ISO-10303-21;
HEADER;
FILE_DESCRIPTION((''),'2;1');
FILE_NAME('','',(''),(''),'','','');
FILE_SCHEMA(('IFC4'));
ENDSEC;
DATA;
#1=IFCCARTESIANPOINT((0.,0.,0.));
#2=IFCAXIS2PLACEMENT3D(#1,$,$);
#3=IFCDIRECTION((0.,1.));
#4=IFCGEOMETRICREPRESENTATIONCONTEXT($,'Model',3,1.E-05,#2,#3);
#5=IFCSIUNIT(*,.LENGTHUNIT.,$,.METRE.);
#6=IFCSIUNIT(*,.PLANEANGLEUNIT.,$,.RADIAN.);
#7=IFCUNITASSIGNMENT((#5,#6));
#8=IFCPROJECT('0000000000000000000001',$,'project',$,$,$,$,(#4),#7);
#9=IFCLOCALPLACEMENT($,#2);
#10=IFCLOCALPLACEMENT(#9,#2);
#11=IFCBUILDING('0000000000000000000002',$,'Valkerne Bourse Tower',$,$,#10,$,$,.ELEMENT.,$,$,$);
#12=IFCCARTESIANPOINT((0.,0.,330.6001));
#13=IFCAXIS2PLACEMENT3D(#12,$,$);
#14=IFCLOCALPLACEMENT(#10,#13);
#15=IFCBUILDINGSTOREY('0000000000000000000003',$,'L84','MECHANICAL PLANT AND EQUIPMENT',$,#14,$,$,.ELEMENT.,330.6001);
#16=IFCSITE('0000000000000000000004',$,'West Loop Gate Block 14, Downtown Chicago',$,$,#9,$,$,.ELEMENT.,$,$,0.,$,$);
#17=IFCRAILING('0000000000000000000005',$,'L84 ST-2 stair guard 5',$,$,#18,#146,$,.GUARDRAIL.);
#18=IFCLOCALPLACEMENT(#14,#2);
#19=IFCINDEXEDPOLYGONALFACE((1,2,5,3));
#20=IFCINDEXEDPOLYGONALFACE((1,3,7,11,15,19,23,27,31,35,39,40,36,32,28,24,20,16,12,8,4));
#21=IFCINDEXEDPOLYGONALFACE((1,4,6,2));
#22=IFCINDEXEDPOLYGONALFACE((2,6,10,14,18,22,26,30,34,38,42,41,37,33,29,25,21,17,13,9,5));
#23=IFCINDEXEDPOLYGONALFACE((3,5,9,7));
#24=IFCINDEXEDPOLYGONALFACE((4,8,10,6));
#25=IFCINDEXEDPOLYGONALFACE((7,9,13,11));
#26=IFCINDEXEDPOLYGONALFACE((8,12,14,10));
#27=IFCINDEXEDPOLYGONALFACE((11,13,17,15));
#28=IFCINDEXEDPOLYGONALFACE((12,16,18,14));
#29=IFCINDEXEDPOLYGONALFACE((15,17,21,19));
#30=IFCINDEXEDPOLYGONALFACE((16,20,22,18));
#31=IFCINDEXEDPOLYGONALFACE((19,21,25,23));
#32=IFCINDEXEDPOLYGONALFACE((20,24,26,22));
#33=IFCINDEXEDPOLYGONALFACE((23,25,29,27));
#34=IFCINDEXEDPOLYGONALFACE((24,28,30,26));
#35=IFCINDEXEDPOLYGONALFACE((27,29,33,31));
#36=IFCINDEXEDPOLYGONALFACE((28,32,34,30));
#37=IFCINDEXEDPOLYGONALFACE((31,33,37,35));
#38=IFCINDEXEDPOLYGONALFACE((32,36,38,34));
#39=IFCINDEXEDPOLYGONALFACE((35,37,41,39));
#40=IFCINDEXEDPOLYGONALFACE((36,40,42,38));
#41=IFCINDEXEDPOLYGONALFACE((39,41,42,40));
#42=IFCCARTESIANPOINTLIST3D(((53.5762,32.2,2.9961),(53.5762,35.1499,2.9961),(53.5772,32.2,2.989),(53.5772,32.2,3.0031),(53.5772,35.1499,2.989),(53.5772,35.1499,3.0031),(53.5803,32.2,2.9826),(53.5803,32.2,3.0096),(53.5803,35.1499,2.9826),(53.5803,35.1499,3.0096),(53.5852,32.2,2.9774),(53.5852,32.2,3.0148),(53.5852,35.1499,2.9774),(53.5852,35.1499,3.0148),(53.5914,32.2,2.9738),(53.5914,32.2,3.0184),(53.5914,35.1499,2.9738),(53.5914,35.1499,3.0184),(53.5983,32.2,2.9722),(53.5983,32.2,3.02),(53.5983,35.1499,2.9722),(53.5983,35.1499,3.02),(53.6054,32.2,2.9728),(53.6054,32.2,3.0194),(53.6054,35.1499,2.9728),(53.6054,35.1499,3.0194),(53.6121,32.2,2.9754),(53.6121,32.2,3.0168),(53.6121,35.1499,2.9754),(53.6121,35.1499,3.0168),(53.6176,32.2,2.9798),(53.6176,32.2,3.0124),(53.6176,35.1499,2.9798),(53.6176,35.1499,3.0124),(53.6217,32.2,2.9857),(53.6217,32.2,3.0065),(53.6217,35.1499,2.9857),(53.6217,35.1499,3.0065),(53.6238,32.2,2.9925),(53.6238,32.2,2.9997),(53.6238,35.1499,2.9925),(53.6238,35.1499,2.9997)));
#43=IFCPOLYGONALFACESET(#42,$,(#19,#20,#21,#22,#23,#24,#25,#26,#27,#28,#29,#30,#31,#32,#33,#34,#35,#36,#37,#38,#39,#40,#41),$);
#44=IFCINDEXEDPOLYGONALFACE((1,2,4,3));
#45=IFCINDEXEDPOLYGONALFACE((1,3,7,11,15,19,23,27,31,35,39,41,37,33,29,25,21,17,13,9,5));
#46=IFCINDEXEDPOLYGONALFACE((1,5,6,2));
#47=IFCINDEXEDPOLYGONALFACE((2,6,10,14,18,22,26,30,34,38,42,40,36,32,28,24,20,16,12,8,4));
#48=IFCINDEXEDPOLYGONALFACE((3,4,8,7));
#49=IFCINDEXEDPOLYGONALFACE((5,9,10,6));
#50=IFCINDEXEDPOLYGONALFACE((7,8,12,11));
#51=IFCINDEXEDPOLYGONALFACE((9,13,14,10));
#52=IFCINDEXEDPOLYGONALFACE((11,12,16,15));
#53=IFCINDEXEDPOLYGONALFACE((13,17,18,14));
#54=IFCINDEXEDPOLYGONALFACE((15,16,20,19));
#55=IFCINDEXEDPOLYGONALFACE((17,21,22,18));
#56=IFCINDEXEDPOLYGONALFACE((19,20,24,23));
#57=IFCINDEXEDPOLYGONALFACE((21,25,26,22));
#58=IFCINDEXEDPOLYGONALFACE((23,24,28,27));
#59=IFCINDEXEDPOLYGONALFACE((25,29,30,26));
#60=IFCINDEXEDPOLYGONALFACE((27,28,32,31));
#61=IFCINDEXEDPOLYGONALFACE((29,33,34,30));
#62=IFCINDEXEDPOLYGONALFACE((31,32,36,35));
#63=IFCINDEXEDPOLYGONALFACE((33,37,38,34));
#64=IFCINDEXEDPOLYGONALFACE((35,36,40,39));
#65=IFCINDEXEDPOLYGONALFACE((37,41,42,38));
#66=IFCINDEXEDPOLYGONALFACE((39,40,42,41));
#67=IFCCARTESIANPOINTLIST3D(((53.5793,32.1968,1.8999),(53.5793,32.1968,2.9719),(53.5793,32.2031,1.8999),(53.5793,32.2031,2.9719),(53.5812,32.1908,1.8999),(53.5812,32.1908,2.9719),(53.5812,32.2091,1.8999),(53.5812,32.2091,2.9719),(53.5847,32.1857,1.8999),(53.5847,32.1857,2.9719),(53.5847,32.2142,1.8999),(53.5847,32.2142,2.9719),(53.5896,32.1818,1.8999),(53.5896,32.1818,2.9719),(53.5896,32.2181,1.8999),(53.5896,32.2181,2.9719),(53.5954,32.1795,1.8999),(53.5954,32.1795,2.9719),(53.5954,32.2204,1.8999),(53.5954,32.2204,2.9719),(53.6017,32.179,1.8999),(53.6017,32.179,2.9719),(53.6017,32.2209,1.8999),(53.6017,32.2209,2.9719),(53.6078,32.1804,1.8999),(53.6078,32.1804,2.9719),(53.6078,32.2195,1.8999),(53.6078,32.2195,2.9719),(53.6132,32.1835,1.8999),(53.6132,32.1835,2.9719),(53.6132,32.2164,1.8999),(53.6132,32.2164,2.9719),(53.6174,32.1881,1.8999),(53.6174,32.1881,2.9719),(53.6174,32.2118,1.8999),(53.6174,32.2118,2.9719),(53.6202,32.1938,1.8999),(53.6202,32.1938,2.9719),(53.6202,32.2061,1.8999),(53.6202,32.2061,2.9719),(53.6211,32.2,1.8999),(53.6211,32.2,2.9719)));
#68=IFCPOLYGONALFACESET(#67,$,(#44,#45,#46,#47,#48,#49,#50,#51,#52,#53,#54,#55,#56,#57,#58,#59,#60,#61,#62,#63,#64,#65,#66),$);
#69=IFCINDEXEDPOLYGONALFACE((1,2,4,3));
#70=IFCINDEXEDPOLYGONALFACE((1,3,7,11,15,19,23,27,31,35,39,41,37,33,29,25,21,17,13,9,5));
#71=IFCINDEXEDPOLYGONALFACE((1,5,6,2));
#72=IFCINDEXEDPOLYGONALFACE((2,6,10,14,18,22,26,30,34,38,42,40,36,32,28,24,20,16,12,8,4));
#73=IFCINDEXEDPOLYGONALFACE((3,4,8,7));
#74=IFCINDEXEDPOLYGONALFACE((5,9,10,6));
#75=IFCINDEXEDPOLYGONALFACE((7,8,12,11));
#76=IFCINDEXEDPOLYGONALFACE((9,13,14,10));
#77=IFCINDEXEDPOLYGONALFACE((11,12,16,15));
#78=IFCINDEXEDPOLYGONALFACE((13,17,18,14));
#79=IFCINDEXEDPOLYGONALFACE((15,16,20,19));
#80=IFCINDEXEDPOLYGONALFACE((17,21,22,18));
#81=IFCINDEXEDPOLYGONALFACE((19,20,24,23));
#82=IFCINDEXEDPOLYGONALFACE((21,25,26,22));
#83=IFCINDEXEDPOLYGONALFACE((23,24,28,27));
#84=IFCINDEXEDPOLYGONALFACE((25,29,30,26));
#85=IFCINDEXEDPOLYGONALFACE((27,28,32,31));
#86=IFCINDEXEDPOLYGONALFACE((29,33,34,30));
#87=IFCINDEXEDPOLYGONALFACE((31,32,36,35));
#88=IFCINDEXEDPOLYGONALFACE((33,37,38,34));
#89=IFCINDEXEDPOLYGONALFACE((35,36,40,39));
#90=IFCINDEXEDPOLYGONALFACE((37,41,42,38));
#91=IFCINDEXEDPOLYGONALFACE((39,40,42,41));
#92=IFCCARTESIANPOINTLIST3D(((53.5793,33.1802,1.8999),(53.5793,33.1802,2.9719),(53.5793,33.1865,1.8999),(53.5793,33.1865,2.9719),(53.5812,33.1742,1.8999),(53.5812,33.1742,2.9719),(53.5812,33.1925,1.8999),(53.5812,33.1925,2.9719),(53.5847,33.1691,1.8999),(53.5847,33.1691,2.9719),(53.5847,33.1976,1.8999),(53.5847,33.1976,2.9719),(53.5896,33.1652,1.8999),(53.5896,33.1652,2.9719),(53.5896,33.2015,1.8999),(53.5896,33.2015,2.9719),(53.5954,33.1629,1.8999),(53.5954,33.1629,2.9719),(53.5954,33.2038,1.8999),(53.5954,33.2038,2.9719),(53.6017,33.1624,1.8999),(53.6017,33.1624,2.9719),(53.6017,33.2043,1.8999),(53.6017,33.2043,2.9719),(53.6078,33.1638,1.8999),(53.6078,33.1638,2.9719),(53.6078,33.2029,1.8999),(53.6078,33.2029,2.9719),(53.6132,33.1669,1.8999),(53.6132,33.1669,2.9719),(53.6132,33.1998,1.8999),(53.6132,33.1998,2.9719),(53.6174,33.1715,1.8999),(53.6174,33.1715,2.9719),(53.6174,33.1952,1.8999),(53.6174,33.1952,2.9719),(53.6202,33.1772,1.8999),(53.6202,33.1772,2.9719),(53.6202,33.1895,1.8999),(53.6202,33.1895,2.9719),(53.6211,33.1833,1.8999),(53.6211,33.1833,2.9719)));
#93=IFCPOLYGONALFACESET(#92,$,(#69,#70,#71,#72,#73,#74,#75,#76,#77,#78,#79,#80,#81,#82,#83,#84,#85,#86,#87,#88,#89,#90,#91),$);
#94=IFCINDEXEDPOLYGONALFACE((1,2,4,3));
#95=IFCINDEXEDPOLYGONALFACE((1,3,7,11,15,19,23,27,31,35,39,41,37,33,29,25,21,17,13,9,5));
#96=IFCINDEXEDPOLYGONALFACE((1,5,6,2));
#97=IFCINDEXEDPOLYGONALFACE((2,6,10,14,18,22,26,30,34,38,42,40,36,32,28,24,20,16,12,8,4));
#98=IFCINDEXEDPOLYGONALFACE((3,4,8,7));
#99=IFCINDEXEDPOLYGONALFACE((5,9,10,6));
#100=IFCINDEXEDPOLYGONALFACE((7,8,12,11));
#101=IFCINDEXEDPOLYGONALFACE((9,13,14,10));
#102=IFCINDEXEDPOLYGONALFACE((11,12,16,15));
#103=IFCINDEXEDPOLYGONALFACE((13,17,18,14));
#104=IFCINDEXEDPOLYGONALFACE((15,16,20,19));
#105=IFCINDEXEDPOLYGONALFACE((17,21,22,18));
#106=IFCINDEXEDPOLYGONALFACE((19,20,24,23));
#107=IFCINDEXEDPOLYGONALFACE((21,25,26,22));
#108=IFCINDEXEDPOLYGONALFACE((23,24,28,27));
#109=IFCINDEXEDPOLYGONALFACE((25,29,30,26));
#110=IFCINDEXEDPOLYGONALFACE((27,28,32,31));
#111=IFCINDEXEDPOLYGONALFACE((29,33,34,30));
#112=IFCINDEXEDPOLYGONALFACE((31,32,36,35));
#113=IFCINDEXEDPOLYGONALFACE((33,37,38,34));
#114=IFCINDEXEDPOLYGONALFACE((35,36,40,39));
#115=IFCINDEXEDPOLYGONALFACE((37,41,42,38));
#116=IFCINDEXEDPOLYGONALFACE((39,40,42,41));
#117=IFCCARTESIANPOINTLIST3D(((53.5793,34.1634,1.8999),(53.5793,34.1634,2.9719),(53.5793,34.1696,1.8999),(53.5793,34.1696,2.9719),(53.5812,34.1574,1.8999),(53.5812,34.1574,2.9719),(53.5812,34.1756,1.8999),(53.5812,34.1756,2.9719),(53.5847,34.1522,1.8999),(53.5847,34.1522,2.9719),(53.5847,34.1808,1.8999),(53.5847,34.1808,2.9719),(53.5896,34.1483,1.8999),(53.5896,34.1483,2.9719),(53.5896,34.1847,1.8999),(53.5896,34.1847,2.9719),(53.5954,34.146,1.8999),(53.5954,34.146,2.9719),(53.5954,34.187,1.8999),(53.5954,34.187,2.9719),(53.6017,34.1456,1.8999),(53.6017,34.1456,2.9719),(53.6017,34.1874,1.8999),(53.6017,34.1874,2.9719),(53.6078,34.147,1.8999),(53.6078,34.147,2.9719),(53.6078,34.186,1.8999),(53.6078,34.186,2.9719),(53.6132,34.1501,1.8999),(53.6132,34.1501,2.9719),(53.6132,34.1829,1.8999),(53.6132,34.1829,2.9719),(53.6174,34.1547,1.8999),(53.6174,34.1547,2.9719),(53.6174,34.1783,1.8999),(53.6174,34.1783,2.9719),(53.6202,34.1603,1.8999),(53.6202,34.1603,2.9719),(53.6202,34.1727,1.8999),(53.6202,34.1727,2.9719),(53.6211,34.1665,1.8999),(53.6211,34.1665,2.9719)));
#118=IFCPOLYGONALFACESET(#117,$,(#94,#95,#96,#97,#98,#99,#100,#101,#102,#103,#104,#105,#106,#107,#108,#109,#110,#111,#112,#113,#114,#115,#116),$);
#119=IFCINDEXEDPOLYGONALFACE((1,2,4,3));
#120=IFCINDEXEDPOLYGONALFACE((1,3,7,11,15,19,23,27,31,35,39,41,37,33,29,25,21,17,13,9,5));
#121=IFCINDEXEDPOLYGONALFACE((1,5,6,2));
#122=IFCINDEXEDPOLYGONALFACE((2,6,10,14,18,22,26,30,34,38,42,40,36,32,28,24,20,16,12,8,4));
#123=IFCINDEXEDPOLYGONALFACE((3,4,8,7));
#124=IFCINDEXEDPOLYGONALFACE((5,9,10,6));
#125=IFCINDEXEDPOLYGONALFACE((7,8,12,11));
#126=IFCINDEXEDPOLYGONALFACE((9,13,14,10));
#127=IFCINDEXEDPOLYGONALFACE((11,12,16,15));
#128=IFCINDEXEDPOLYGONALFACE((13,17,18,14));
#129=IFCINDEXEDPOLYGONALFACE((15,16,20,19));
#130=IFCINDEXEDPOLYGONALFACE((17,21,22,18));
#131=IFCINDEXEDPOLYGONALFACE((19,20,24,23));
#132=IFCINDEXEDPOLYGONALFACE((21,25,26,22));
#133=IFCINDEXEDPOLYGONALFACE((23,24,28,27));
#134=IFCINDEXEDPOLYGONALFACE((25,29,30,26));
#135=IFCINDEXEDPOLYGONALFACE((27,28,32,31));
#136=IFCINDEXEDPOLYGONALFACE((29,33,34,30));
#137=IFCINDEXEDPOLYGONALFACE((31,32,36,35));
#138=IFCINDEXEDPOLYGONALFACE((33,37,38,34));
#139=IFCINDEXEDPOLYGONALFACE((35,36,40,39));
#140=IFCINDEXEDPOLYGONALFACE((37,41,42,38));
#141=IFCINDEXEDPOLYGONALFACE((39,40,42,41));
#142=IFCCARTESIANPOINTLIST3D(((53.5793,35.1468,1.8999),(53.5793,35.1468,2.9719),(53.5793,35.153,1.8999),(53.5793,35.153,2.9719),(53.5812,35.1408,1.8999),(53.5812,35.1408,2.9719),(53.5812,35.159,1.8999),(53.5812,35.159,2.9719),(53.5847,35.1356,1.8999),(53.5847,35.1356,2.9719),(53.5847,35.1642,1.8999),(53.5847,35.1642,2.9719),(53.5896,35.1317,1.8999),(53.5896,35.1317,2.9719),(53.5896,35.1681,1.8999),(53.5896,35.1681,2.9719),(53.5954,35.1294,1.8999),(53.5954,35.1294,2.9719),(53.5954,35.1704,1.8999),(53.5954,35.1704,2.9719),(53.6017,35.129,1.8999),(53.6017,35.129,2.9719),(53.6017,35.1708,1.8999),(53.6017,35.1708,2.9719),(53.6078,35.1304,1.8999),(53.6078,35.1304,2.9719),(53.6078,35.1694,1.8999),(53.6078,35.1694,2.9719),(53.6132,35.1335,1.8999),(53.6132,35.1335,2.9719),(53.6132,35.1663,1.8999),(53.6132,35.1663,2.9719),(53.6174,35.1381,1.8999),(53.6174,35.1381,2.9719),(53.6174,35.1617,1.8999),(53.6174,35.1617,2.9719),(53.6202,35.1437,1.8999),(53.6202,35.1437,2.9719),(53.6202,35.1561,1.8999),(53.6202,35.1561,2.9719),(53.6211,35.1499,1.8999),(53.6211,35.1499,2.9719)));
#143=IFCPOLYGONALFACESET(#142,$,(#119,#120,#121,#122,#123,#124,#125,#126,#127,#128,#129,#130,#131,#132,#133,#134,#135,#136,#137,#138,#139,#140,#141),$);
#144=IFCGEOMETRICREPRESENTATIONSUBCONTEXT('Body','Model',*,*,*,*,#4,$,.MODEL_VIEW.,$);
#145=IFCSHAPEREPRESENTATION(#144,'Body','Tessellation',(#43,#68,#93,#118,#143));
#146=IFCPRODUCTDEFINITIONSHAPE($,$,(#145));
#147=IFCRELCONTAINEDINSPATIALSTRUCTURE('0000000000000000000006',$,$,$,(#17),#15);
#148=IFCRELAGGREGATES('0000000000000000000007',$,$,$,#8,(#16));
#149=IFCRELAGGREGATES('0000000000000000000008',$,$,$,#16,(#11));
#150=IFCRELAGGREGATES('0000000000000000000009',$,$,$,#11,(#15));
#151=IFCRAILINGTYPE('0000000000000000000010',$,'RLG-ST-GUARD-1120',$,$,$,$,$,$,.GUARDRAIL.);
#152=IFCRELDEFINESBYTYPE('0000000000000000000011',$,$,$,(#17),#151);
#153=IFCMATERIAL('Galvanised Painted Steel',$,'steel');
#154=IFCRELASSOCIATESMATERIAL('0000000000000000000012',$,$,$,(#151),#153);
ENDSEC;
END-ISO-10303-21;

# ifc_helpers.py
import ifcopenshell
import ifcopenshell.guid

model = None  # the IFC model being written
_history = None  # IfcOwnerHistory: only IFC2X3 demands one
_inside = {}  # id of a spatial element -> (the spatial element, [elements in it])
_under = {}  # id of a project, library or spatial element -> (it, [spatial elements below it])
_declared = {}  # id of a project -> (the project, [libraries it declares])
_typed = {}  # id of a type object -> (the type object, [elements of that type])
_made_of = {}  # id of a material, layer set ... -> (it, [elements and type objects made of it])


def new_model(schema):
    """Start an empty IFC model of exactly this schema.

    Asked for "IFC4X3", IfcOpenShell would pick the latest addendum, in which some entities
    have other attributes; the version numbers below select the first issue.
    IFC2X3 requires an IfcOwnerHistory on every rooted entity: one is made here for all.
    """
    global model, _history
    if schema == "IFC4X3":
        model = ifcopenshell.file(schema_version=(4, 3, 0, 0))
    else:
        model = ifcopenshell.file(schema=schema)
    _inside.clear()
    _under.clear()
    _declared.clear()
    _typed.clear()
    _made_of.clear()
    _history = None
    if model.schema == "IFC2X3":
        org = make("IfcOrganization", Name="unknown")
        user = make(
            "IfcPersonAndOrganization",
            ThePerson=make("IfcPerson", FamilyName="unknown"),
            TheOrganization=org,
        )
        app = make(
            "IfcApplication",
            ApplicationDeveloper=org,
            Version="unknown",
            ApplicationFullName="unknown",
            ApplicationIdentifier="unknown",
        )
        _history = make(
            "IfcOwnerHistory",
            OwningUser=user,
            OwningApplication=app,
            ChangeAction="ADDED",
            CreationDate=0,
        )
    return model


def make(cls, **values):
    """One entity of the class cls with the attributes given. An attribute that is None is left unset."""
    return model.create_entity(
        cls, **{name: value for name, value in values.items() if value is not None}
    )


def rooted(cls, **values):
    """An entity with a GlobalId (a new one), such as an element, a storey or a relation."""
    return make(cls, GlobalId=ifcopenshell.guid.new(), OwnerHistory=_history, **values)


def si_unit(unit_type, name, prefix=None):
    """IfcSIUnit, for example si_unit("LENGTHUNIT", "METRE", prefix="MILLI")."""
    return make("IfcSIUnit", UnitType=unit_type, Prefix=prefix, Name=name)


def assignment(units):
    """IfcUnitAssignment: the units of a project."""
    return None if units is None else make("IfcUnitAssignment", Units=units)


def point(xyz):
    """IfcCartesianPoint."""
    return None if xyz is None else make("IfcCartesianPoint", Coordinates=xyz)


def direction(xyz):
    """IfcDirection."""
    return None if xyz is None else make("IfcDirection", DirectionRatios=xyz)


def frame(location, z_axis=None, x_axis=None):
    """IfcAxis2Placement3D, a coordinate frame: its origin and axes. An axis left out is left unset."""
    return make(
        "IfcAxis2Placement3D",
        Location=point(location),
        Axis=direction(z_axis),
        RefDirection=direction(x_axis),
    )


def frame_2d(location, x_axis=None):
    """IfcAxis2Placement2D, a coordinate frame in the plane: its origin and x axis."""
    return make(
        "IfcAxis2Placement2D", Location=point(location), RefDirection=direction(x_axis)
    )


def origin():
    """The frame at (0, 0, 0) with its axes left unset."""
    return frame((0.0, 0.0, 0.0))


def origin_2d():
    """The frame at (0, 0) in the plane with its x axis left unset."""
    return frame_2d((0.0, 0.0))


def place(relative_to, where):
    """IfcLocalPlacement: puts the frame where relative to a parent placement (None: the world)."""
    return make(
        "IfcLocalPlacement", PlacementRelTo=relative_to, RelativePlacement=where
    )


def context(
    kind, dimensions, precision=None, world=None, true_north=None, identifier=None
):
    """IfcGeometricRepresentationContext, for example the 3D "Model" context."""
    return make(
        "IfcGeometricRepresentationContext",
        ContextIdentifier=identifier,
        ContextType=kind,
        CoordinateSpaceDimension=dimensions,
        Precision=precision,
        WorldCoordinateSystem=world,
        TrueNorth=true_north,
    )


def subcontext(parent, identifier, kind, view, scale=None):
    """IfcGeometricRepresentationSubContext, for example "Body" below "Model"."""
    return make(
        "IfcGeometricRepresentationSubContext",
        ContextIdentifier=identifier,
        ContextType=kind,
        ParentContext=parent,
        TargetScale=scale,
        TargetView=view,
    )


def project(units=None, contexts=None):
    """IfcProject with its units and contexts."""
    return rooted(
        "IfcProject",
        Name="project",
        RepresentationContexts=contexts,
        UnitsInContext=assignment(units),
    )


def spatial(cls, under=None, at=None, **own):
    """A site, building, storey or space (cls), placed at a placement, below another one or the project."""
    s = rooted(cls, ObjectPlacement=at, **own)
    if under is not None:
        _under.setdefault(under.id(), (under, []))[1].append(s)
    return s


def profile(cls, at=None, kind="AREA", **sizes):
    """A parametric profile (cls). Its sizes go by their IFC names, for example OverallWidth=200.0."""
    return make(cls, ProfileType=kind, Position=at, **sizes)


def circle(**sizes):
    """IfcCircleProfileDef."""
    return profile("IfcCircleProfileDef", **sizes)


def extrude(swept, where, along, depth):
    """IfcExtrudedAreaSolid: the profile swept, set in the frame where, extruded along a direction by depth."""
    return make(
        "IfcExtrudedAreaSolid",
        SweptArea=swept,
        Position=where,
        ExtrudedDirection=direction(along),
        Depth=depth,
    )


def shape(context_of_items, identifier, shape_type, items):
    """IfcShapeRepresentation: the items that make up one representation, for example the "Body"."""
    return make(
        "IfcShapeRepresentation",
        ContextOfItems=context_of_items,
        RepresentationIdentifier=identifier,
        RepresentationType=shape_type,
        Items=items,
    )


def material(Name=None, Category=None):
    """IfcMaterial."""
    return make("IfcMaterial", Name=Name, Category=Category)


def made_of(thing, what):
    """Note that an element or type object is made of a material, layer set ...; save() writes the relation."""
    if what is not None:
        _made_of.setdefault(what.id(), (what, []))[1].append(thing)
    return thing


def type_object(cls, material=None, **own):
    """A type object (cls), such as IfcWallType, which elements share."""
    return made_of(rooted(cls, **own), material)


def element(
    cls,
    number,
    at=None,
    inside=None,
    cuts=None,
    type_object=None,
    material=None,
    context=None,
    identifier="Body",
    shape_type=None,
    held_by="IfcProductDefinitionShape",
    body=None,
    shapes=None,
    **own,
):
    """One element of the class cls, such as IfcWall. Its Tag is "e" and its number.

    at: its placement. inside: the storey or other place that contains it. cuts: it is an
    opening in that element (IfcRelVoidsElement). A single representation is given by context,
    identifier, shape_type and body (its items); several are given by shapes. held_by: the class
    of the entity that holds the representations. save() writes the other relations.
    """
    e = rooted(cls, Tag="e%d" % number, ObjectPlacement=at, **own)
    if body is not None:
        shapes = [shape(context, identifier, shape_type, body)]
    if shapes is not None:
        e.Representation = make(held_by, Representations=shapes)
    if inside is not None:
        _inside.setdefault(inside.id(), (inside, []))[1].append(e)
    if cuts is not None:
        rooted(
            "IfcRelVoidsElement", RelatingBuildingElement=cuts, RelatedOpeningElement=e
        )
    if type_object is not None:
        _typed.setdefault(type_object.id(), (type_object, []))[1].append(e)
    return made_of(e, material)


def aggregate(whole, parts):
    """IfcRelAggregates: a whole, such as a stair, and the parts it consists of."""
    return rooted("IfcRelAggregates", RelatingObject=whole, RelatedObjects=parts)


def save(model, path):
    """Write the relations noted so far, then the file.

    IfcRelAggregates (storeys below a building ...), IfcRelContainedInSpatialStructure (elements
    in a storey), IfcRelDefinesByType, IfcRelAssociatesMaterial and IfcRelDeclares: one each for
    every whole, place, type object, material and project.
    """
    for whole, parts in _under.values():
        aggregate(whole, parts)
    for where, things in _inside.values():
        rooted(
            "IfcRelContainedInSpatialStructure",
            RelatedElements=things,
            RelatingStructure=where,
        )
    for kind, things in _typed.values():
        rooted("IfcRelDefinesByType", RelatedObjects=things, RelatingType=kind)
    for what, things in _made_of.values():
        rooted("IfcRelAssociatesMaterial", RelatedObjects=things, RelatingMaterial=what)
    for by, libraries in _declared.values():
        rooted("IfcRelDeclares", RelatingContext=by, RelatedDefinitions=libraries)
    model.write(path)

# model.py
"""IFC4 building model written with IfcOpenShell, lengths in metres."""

from ifc_helpers import new_model, si_unit, direction, frame, origin, origin_2d, place, context, subcontext, project, spatial, circle, extrude, material, type_object, element, save


model = new_model("IFC4")

# Units and contexts
model_context = context("Model", 3, precision=1e-05, world=origin(), true_north=direction((0.0, 1.0)))
body_context = subcontext(model_context, "Body", "Model", "MODEL_VIEW")
ifc_project = project(units=[si_unit("LENGTHUNIT", "METRE"), si_unit("PLANEANGLEUNIT", "RADIAN")], contexts=[model_context])

# Site, building, storey
site_placement = place(None, origin())
site = spatial("IfcSite", under=ifc_project, at=site_placement, Name="West Loop Gate Block 14, Downtown Chicago", CompositionType="ELEMENT", RefElevation=0.0)
building_placement = place(site_placement, origin())
building = spatial("IfcBuilding", under=site, at=building_placement, Name="Valkerne Bourse Tower", CompositionType="ELEMENT")
storey_placement = place(building_placement, frame((0.0, 0.0, 330.6001)))
storey = spatial("IfcBuildingStorey", under=building, at=storey_placement, Name="L84", Description="MECHANICAL PLANT AND EQUIPMENT", CompositionType="ELEMENT", Elevation=330.6001)

# Railing
ifc_material_1 = material(Name="Galvanised Painted Steel", Category="steel")
railing_type = type_object("IfcRailingType", Name="RLG-ST-GUARD-1120", PredefinedType="GUARDRAIL", material=ifc_material_1)
railing_1_placement = place(storey_placement, frame((53.6001, 32.2, 1.8999)))
element("IfcRailing", 1, at=railing_1_placement, inside=storey, type_object=railing_type, Name="L84 ST-2 stair guard 5", PredefinedType="GUARDRAIL", context=body_context, shape_type="SweptSolid", body=[
    extrude(circle(Radius=0.0239, at=origin_2d()), frame((0.0, 0.0, 1.0962), z_axis=(0.0, 1.0, 0.0), x_axis=(-1.0, 0.0, 0.0)), (0.0, 0.0, 1.0), 2.95),
    extrude(circle(Radius=0.021, at=origin_2d()), origin(), (0.0, 0.0, 1.0), 1.072),
    extrude(circle(Radius=0.021, at=origin_2d()), frame((0.0, 0.9834, 0.0)), (0.0, 0.0, 1.0), 1.072),
    extrude(circle(Radius=0.021, at=origin_2d()), frame((0.0, 1.9666, 0.0)), (0.0, 0.0, 1.0), 1.072),
    extrude(circle(Radius=0.021, at=origin_2d()), frame((0.0, 2.95, 0.0)), (0.0, 0.0, 1.0), 1.072),
])

save(model, "model.ifc")
